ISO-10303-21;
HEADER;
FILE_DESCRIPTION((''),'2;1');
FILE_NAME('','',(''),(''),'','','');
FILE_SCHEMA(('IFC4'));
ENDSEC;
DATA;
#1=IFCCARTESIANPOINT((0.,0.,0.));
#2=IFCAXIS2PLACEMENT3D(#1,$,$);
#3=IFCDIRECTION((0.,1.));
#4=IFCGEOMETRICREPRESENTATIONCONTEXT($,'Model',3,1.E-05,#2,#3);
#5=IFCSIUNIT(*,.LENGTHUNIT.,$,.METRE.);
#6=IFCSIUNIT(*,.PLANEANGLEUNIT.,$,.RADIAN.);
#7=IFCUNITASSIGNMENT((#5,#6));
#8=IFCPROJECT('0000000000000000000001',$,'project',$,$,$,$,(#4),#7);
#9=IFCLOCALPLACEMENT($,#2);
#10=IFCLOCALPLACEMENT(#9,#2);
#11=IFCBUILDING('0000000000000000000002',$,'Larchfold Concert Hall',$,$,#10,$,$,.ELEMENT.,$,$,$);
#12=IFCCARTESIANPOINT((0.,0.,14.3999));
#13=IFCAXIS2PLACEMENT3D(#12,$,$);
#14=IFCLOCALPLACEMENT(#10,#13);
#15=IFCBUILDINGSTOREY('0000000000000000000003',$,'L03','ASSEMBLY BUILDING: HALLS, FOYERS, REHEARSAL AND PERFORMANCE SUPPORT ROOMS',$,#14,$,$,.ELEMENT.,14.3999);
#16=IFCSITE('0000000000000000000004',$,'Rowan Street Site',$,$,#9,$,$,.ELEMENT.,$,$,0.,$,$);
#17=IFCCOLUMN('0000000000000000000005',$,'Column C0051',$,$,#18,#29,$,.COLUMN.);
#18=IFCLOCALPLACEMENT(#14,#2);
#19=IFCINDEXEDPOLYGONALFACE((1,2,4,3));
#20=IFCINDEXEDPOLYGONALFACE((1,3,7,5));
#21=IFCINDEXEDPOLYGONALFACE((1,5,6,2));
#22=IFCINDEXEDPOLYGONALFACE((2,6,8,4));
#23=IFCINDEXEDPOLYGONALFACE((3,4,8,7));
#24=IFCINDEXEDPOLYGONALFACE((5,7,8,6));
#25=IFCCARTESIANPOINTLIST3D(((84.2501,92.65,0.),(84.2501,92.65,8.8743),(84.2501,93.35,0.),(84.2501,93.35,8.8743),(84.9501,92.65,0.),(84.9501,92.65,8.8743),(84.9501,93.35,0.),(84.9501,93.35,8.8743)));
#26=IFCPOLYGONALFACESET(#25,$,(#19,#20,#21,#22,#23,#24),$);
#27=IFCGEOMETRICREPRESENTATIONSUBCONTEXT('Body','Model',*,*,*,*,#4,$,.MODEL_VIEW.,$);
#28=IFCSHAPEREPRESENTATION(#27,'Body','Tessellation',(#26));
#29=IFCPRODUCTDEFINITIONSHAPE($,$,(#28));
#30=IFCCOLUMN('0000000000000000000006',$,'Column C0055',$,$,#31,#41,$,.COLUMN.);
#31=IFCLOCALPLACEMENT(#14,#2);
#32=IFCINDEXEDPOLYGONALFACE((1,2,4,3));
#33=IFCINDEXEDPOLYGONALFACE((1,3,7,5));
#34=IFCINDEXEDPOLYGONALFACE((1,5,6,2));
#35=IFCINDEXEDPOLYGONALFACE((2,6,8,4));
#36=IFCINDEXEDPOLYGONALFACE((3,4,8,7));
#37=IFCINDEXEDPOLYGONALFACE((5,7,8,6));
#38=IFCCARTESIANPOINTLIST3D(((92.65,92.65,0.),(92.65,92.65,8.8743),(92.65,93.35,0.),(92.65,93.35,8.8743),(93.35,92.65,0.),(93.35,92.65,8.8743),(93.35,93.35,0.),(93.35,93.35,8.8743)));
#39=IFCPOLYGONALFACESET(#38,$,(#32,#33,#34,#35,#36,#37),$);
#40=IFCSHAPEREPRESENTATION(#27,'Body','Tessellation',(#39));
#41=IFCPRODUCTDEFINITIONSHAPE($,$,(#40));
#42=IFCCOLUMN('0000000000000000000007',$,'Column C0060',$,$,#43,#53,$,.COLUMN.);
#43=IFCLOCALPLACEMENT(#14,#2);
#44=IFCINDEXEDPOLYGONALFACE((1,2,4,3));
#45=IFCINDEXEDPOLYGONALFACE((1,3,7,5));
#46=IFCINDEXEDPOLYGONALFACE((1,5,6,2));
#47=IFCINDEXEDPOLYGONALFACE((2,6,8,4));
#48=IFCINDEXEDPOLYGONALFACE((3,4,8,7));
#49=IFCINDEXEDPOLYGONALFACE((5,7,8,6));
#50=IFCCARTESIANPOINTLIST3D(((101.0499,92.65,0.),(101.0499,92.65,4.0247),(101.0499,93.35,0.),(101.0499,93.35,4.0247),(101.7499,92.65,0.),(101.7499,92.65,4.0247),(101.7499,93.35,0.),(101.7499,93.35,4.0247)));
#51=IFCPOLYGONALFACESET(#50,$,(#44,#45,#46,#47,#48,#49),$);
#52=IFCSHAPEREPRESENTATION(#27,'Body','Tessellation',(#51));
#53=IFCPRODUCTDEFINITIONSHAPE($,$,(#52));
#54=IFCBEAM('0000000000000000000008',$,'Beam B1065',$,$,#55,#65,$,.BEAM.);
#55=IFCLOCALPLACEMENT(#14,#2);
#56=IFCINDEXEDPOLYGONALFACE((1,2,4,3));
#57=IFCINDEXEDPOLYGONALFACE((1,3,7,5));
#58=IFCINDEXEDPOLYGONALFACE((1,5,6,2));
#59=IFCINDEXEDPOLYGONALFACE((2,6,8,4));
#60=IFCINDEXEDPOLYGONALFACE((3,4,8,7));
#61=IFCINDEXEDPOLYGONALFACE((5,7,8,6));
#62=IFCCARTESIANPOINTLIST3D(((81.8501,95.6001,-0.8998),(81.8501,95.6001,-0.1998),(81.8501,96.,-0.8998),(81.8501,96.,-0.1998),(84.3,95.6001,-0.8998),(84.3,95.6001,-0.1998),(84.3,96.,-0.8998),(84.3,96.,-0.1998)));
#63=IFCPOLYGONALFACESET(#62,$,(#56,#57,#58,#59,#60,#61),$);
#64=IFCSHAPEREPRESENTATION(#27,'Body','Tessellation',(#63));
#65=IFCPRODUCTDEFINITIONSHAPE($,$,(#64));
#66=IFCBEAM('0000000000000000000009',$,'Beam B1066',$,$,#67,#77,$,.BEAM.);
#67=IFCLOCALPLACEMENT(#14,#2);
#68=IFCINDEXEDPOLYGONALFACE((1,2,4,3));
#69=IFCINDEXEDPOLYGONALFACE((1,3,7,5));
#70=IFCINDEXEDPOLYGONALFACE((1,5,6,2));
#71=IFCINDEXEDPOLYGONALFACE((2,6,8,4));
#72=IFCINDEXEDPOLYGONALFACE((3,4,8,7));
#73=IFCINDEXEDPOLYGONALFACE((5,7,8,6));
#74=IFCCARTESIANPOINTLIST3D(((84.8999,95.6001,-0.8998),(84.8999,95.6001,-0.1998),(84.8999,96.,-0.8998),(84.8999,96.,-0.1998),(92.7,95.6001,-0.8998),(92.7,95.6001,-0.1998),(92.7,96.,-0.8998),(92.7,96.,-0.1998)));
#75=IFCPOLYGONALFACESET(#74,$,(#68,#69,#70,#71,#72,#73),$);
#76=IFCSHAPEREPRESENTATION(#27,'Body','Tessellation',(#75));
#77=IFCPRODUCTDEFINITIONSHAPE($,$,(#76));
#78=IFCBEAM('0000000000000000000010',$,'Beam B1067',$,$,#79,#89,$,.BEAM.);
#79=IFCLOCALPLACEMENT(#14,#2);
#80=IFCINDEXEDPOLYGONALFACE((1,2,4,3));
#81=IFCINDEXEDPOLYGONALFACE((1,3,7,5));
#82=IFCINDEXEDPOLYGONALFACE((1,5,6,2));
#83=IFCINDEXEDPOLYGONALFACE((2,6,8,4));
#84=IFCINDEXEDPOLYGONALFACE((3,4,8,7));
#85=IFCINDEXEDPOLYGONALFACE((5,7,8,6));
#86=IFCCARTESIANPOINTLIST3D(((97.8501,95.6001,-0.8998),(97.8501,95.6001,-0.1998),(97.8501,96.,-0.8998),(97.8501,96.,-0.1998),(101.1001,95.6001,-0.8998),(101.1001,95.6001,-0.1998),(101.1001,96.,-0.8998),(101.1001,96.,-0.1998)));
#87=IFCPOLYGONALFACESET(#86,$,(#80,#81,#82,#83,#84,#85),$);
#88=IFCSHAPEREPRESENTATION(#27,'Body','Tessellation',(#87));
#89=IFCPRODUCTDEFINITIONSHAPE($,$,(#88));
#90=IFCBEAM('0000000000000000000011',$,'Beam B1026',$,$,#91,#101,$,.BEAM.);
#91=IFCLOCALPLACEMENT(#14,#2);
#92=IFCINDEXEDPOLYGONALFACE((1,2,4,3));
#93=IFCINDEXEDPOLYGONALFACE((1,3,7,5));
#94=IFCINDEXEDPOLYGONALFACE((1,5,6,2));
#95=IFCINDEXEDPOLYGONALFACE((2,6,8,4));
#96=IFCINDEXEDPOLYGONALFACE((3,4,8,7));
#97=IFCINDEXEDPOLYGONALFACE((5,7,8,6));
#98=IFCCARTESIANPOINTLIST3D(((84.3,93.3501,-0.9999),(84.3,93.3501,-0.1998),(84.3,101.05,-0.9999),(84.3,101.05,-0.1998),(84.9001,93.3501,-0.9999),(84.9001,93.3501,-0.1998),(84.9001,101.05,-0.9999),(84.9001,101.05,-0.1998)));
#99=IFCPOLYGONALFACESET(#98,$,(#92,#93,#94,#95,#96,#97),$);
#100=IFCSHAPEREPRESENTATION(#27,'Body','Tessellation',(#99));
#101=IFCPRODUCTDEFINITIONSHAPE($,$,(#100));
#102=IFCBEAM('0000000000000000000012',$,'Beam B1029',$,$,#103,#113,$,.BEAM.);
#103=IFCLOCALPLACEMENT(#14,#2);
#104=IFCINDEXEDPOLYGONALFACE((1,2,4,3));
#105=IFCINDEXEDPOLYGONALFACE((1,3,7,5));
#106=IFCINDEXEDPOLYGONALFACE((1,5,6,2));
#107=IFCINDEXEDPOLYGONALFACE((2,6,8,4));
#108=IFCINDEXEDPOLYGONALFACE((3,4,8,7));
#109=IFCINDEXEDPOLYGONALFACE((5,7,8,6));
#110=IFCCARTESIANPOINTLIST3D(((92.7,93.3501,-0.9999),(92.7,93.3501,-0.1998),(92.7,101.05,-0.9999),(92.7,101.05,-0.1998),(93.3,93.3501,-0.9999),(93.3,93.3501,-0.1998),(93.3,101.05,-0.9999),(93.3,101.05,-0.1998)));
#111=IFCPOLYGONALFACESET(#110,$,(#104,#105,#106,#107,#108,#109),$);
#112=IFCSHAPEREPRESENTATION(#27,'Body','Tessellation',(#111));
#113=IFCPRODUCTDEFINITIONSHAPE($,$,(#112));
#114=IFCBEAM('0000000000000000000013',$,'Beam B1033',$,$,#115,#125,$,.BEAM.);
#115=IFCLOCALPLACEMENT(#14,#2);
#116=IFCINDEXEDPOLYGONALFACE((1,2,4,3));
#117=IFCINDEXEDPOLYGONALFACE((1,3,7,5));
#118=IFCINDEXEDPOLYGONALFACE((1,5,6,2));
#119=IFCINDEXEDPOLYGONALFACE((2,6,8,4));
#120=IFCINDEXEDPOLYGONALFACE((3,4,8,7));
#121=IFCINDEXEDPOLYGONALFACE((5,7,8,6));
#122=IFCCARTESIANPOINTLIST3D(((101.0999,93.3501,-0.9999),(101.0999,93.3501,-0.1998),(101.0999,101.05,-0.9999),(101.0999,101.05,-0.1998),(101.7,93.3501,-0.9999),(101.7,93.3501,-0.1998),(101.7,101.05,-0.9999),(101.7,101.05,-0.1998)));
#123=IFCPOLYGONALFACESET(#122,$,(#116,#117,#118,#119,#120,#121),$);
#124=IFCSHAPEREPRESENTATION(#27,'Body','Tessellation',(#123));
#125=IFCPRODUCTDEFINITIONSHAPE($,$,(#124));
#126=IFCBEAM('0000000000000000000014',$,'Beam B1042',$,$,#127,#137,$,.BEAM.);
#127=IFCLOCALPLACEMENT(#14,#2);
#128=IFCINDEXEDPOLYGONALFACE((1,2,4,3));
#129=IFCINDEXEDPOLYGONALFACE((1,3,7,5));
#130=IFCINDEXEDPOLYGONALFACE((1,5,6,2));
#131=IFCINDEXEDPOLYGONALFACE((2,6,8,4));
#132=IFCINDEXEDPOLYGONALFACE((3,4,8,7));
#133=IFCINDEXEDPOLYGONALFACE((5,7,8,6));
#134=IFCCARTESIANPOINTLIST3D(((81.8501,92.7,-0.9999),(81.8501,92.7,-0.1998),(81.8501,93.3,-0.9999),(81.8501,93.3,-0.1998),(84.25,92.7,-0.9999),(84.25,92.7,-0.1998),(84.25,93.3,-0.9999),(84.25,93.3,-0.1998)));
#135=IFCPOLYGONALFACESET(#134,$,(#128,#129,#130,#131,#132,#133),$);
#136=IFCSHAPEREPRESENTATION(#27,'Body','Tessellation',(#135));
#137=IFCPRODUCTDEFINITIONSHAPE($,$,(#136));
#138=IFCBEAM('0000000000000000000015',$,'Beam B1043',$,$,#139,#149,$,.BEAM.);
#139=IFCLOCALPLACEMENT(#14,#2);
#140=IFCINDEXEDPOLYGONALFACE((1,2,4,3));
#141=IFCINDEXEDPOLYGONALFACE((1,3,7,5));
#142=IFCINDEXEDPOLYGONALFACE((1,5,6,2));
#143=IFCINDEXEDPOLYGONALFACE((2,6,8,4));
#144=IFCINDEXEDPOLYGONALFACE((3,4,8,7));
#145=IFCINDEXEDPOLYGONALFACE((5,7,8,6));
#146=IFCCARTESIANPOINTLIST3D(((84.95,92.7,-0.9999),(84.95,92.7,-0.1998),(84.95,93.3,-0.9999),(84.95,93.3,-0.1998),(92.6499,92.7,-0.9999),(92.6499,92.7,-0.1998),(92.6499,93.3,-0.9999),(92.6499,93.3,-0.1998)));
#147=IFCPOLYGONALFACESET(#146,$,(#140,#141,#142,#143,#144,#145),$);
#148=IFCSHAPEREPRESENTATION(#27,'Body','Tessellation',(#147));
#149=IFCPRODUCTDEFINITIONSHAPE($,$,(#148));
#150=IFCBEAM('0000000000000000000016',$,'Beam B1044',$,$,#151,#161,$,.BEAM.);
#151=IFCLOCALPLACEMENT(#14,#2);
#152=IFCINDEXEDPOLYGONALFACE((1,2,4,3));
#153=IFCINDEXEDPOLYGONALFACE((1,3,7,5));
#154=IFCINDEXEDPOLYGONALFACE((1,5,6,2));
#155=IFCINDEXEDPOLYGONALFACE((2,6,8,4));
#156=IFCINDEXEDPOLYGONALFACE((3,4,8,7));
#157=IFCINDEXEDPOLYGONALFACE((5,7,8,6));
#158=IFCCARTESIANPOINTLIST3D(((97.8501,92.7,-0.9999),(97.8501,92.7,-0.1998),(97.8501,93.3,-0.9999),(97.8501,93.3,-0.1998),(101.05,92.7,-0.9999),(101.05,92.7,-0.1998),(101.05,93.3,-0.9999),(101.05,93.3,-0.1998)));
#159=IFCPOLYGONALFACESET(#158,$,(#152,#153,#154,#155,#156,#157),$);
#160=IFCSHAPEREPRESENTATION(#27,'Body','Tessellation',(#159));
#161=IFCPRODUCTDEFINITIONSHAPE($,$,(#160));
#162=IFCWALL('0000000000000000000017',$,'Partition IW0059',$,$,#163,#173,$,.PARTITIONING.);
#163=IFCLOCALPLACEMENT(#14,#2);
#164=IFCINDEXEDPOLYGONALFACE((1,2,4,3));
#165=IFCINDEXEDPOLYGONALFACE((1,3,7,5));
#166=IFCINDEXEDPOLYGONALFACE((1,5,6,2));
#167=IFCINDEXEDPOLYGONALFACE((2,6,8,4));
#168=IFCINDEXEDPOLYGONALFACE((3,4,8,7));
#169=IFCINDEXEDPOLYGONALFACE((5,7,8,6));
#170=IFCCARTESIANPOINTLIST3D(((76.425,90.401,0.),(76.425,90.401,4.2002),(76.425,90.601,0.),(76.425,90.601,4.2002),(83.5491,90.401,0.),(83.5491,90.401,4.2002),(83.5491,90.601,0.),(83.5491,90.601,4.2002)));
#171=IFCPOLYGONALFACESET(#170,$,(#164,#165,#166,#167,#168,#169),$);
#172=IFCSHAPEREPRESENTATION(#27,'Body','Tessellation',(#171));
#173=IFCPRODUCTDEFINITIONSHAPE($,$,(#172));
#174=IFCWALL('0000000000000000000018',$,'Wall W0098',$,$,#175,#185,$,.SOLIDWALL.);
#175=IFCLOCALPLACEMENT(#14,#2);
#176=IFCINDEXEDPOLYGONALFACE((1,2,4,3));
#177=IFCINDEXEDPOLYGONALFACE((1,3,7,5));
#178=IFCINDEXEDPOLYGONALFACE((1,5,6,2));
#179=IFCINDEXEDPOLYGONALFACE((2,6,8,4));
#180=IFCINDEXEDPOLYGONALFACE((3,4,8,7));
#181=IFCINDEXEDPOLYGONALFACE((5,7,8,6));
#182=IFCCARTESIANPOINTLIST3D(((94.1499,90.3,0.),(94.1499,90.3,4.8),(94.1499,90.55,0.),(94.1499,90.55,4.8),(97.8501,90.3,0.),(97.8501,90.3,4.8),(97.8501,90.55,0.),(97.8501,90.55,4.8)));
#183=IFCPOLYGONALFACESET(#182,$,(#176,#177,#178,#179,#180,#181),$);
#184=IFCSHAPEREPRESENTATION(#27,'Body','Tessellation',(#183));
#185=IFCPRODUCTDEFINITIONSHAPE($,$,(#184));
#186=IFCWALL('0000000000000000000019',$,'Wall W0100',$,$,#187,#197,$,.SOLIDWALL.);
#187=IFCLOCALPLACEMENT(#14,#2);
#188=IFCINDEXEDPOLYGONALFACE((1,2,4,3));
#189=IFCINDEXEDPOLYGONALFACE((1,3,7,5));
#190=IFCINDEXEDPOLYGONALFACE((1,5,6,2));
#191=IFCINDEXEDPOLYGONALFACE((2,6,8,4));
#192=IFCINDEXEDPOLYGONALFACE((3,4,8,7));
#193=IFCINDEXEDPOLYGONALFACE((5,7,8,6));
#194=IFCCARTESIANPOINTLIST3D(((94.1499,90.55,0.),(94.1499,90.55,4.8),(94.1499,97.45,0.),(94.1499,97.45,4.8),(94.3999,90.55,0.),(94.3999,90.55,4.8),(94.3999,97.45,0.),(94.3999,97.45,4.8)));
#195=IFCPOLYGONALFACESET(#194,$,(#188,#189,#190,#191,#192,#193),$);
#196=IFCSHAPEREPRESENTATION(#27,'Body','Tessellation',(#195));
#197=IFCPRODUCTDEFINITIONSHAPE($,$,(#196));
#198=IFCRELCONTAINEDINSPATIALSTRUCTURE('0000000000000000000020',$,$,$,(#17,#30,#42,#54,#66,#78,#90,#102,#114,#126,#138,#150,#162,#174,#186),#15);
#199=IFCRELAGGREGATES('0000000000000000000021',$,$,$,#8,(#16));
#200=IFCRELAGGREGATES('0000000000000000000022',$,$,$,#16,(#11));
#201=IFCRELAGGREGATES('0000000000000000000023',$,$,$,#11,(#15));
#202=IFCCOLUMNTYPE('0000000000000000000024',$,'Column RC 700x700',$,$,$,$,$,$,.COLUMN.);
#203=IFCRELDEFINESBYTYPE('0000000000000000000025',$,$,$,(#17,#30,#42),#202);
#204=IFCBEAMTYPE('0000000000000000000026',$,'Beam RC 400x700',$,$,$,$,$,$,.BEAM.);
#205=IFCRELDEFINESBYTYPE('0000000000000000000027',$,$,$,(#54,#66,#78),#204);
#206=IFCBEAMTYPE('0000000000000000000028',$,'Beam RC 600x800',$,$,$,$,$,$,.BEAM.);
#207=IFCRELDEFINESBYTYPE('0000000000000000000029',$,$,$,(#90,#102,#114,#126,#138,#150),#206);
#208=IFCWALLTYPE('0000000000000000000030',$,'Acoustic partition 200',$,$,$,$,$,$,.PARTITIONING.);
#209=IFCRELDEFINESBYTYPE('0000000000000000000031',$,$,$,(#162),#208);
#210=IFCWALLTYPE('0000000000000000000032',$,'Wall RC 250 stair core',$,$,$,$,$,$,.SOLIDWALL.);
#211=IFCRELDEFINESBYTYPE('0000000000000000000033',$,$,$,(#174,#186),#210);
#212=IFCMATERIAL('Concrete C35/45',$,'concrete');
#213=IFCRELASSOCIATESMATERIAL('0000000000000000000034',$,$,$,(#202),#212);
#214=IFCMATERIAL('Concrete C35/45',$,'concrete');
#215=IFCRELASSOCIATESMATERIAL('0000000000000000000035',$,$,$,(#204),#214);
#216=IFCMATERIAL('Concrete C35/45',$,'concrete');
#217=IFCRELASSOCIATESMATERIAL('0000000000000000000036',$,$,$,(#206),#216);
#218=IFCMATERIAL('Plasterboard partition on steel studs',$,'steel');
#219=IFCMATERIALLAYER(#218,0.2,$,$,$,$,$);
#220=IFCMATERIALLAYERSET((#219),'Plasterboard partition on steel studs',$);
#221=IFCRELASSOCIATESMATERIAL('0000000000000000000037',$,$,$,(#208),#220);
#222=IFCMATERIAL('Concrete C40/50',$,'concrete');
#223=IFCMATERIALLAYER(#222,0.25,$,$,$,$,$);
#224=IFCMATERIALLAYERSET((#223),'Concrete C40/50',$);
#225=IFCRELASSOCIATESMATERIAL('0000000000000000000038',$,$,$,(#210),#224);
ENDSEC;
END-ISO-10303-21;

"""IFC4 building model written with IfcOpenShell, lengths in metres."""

from ifc_helpers import new_model, si_unit, direction, frame, frame_2d, origin, origin_2d, place, context, subcontext, project, spatial, rectangle, extrude, material, layer, layer_set, material_profile, profile_set, type_object, element, save


model = new_model("IFC4")

# Units and contexts
model_context = context("Model", 3, precision=1e-05, world=origin(), true_north=direction((0.0, 1.0)))
body_context = subcontext(model_context, "Body", "Model", "MODEL_VIEW")
ifc_project = project(units=[si_unit("LENGTHUNIT", "METRE"), si_unit("PLANEANGLEUNIT", "RADIAN")], contexts=[model_context])

# Site, building, storey
site_placement = place(None, origin())
site = spatial("IfcSite", under=ifc_project, at=site_placement, Name="Rowan Street Site", CompositionType="ELEMENT", RefElevation=0.0)
building_placement = place(site_placement, origin())
building = spatial("IfcBuilding", under=site, at=building_placement, Name="Larchfold Concert Hall", CompositionType="ELEMENT")
storey_placement = place(building_placement, frame((0.0, 0.0, 14.3999)))
storey = spatial("IfcBuildingStorey", under=building, at=storey_placement, Name="L03", Description="ASSEMBLY BUILDING: HALLS, FOYERS, REHEARSAL AND PERFORMANCE SUPPORT ROOMS", CompositionType="ELEMENT", Elevation=14.3999)

# Columns
ifc_material_1 = material(Name="Concrete C35/45", Category="concrete")
ifc_material_profile_1 = material_profile(ifc_material_1, rectangle(XDim=0.7, YDim=0.7, at=origin_2d()))
ifc_profile_set_1 = profile_set([ifc_material_profile_1], Name="Concrete C35/45")
column_type = type_object("IfcColumnType", Name="Column RC 700x700", PredefinedType="COLUMN", material=ifc_profile_set_1)
for number, where, z_axis, x_axis, name in (
    (1, (84.6001, 93.0, 0.0), (0.0, 0.0, 1.0), (1.0, 0.0, 0.0), "Column C0051"),
    (2, (93.0, 93.0, 0.0), (0.0, 0.0, 1.0), (1.0, 0.0, 0.0), "Column C0055"),
):
    element("IfcColumn", number, at=place(storey_placement, frame(where, z_axis=z_axis, x_axis=x_axis)), inside=storey, type_object=column_type, Name=name, PredefinedType="COLUMN", context=body_context, shape_type="SweptSolid", body=[
        extrude(rectangle(XDim=0.7, YDim=0.7, at=origin_2d()), origin(), (0.0, 0.0, 1.0), 8.8743),
    ])
column_placement = place(storey_placement, frame((101.3999, 93.0, 0.0), z_axis=(0.0, 0.0, 1.0), x_axis=(1.0, 0.0, 0.0)))
element("IfcColumn", 3, at=column_placement, inside=storey, type_object=column_type, Name="Column C0060", PredefinedType="COLUMN", context=body_context, shape_type="SweptSolid", body=[
    extrude(rectangle(XDim=0.7, YDim=0.7, at=origin_2d()), origin(), (0.0, 0.0, 1.0), 4.0247),
])

# Beams
ifc_material_2 = material(Name="Concrete C35/45", Category="concrete")
ifc_material_profile_2 = material_profile(ifc_material_2, rectangle(XDim=0.3999, YDim=0.7, at=origin_2d()))
ifc_profile_set_2 = profile_set([ifc_material_profile_2], Name="Concrete C35/45")
beam_type_1 = type_object("IfcBeamType", Name="Beam RC 400x700", PredefinedType="BEAM", material=ifc_profile_set_2)
beam_1_placement = place(storey_placement, frame((81.8501, 95.8, -0.5498), z_axis=(1.0, 0.0, 0.0), x_axis=(0.0, 1.0, 0.0)))
element("IfcBeam", 4, at=beam_1_placement, inside=storey, type_object=beam_type_1, Name="Beam B1065", PredefinedType="BEAM", context=body_context, shape_type="SweptSolid", body=[
    extrude(rectangle(XDim=0.3999, YDim=0.7, at=origin_2d()), origin(), (0.0, 0.0, 1.0), 2.45),
])
beam_2_placement = place(storey_placement, frame((84.8999, 95.8, -0.5498), z_axis=(1.0, 0.0, 0.0), x_axis=(0.0, 1.0, 0.0)))
element("IfcBeam", 5, at=beam_2_placement, inside=storey, type_object=beam_type_1, Name="Beam B1066", PredefinedType="BEAM", context=body_context, shape_type="SweptSolid", body=[
    extrude(rectangle(XDim=0.3999, YDim=0.7, at=origin_2d()), origin(), (0.0, 0.0, 1.0), 7.8),
])
beam_3_placement = place(storey_placement, frame((97.8501, 95.8, -0.5498), z_axis=(1.0, 0.0, 0.0), x_axis=(0.0, 1.0, 0.0)))
element("IfcBeam", 6, at=beam_3_placement, inside=storey, type_object=beam_type_1, Name="Beam B1067", PredefinedType="BEAM", context=body_context, shape_type="SweptSolid", body=[
    extrude(rectangle(XDim=0.3999, YDim=0.7, at=origin_2d()), origin(), (0.0, 0.0, 1.0), 3.25),
])
ifc_material_3 = material(Name="Concrete C35/45", Category="concrete")
ifc_material_profile_3 = material_profile(ifc_material_3, rectangle(XDim=0.6001, YDim=0.8, at=origin_2d()))
ifc_profile_set_3 = profile_set([ifc_material_profile_3], Name="Concrete C35/45")
beam_type_2 = type_object("IfcBeamType", Name="Beam RC 600x800", PredefinedType="BEAM", material=ifc_profile_set_3)
for number, where, z_axis, x_axis, name in (
    (7, (84.6001, 93.3501, -0.5999), (0.0, 1.0, 0.0), (-1.0, 0.0, 0.0), "Beam B1026"),
    (8, (93.0, 93.3501, -0.5999), (0.0, 1.0, 0.0), (-1.0, 0.0, 0.0), "Beam B1029"),
    (9, (101.3999, 93.3501, -0.5999), (0.0, 1.0, 0.0), (-1.0, 0.0, 0.0), "Beam B1033"),
):
    element("IfcBeam", number, at=place(storey_placement, frame(where, z_axis=z_axis, x_axis=x_axis)), inside=storey, type_object=beam_type_2, Name=name, PredefinedType="BEAM", context=body_context, shape_type="SweptSolid", body=[
        extrude(rectangle(XDim=0.6001, YDim=0.8, at=origin_2d()), origin(), (0.0, 0.0, 1.0), 7.7),
    ])
beam_4_placement = place(storey_placement, frame((81.8501, 93.0, -0.5999), z_axis=(1.0, 0.0, 0.0), x_axis=(0.0, 1.0, 0.0)))
element("IfcBeam", 10, at=beam_4_placement, inside=storey, type_object=beam_type_2, Name="Beam B1042", PredefinedType="BEAM", context=body_context, shape_type="SweptSolid", body=[
    extrude(rectangle(XDim=0.6001, YDim=0.8, at=origin_2d()), origin(), (0.0, 0.0, 1.0), 2.3999),
])
beam_5_placement = place(storey_placement, frame((84.95, 93.0, -0.5999), z_axis=(1.0, 0.0, 0.0), x_axis=(0.0, 1.0, 0.0)))
element("IfcBeam", 11, at=beam_5_placement, inside=storey, type_object=beam_type_2, Name="Beam B1043", PredefinedType="BEAM", context=body_context, shape_type="SweptSolid", body=[
    extrude(rectangle(XDim=0.6001, YDim=0.8, at=origin_2d()), origin(), (0.0, 0.0, 1.0), 7.7),
])
beam_6_placement = place(storey_placement, frame((97.8501, 93.0, -0.5999), z_axis=(1.0, 0.0, 0.0), x_axis=(0.0, 1.0, 0.0)))
element("IfcBeam", 12, at=beam_6_placement, inside=storey, type_object=beam_type_2, Name="Beam B1044", PredefinedType="BEAM", context=body_context, shape_type="SweptSolid", body=[
    extrude(rectangle(XDim=0.6001, YDim=0.8, at=origin_2d()), origin(), (0.0, 0.0, 1.0), 3.2),
])

# Walls
ifc_material_4 = material(Name="Plasterboard partition on steel studs", Category="steel")
ifc_layer_1 = layer(ifc_material_4, 0.2)
ifc_layer_set_1 = layer_set([ifc_layer_1], Name="Plasterboard partition on steel studs")
wall_type_1 = type_object("IfcWallType", Name="Acoustic partition 200", PredefinedType="PARTITIONING", material=ifc_layer_set_1)
wall_1_placement = place(storey_placement, frame((83.5491, 90.501, 0.0), z_axis=(0.0, 0.0, 1.0), x_axis=(-1.0, 0.0, 0.0)))
element("IfcWall", 13, at=wall_1_placement, inside=storey, type_object=wall_type_1, Name="Partition IW0059", PredefinedType="PARTITIONING", context=body_context, shape_type="SweptSolid", body=[
    extrude(rectangle(XDim=7.124, YDim=0.2, at=frame_2d((3.562, 0.0))), origin(), (0.0, 0.0, 1.0), 4.2002),
])
ifc_material_5 = material(Name="Concrete C40/50", Category="concrete")
ifc_layer_2 = layer(ifc_material_5, 0.25)
ifc_layer_set_2 = layer_set([ifc_layer_2], Name="Concrete C40/50")
wall_type_2 = type_object("IfcWallType", Name="Wall RC 250 stair core", PredefinedType="SOLIDWALL", material=ifc_layer_set_2)
wall_2_placement = place(storey_placement, frame((94.1499, 90.425, 0.0), z_axis=(0.0, 0.0, 1.0), x_axis=(1.0, 0.0, 0.0)))
element("IfcWall", 14, at=wall_2_placement, inside=storey, type_object=wall_type_2, Name="Wall W0098", PredefinedType="SOLIDWALL", context=body_context, shape_type="SweptSolid", body=[
    extrude(rectangle(XDim=3.7002, YDim=0.25, at=frame_2d((1.8501, 0.0))), origin(), (0.0, 0.0, 1.0), 4.8),
])
wall_3_placement = place(storey_placement, frame((94.2749, 90.55, 0.0), z_axis=(0.0, 0.0, 1.0), x_axis=(0.0, 1.0, 0.0)))
element("IfcWall", 15, at=wall_3_placement, inside=storey, type_object=wall_type_2, Name="Wall W0100", PredefinedType="SOLIDWALL", context=body_context, shape_type="SweptSolid", body=[
    extrude(rectangle(XDim=6.8999, YDim=0.25, at=frame_2d((3.45, 0.0))), origin(), (0.0, 0.0, 1.0), 4.8),
])

save(model, "model.ifc")
